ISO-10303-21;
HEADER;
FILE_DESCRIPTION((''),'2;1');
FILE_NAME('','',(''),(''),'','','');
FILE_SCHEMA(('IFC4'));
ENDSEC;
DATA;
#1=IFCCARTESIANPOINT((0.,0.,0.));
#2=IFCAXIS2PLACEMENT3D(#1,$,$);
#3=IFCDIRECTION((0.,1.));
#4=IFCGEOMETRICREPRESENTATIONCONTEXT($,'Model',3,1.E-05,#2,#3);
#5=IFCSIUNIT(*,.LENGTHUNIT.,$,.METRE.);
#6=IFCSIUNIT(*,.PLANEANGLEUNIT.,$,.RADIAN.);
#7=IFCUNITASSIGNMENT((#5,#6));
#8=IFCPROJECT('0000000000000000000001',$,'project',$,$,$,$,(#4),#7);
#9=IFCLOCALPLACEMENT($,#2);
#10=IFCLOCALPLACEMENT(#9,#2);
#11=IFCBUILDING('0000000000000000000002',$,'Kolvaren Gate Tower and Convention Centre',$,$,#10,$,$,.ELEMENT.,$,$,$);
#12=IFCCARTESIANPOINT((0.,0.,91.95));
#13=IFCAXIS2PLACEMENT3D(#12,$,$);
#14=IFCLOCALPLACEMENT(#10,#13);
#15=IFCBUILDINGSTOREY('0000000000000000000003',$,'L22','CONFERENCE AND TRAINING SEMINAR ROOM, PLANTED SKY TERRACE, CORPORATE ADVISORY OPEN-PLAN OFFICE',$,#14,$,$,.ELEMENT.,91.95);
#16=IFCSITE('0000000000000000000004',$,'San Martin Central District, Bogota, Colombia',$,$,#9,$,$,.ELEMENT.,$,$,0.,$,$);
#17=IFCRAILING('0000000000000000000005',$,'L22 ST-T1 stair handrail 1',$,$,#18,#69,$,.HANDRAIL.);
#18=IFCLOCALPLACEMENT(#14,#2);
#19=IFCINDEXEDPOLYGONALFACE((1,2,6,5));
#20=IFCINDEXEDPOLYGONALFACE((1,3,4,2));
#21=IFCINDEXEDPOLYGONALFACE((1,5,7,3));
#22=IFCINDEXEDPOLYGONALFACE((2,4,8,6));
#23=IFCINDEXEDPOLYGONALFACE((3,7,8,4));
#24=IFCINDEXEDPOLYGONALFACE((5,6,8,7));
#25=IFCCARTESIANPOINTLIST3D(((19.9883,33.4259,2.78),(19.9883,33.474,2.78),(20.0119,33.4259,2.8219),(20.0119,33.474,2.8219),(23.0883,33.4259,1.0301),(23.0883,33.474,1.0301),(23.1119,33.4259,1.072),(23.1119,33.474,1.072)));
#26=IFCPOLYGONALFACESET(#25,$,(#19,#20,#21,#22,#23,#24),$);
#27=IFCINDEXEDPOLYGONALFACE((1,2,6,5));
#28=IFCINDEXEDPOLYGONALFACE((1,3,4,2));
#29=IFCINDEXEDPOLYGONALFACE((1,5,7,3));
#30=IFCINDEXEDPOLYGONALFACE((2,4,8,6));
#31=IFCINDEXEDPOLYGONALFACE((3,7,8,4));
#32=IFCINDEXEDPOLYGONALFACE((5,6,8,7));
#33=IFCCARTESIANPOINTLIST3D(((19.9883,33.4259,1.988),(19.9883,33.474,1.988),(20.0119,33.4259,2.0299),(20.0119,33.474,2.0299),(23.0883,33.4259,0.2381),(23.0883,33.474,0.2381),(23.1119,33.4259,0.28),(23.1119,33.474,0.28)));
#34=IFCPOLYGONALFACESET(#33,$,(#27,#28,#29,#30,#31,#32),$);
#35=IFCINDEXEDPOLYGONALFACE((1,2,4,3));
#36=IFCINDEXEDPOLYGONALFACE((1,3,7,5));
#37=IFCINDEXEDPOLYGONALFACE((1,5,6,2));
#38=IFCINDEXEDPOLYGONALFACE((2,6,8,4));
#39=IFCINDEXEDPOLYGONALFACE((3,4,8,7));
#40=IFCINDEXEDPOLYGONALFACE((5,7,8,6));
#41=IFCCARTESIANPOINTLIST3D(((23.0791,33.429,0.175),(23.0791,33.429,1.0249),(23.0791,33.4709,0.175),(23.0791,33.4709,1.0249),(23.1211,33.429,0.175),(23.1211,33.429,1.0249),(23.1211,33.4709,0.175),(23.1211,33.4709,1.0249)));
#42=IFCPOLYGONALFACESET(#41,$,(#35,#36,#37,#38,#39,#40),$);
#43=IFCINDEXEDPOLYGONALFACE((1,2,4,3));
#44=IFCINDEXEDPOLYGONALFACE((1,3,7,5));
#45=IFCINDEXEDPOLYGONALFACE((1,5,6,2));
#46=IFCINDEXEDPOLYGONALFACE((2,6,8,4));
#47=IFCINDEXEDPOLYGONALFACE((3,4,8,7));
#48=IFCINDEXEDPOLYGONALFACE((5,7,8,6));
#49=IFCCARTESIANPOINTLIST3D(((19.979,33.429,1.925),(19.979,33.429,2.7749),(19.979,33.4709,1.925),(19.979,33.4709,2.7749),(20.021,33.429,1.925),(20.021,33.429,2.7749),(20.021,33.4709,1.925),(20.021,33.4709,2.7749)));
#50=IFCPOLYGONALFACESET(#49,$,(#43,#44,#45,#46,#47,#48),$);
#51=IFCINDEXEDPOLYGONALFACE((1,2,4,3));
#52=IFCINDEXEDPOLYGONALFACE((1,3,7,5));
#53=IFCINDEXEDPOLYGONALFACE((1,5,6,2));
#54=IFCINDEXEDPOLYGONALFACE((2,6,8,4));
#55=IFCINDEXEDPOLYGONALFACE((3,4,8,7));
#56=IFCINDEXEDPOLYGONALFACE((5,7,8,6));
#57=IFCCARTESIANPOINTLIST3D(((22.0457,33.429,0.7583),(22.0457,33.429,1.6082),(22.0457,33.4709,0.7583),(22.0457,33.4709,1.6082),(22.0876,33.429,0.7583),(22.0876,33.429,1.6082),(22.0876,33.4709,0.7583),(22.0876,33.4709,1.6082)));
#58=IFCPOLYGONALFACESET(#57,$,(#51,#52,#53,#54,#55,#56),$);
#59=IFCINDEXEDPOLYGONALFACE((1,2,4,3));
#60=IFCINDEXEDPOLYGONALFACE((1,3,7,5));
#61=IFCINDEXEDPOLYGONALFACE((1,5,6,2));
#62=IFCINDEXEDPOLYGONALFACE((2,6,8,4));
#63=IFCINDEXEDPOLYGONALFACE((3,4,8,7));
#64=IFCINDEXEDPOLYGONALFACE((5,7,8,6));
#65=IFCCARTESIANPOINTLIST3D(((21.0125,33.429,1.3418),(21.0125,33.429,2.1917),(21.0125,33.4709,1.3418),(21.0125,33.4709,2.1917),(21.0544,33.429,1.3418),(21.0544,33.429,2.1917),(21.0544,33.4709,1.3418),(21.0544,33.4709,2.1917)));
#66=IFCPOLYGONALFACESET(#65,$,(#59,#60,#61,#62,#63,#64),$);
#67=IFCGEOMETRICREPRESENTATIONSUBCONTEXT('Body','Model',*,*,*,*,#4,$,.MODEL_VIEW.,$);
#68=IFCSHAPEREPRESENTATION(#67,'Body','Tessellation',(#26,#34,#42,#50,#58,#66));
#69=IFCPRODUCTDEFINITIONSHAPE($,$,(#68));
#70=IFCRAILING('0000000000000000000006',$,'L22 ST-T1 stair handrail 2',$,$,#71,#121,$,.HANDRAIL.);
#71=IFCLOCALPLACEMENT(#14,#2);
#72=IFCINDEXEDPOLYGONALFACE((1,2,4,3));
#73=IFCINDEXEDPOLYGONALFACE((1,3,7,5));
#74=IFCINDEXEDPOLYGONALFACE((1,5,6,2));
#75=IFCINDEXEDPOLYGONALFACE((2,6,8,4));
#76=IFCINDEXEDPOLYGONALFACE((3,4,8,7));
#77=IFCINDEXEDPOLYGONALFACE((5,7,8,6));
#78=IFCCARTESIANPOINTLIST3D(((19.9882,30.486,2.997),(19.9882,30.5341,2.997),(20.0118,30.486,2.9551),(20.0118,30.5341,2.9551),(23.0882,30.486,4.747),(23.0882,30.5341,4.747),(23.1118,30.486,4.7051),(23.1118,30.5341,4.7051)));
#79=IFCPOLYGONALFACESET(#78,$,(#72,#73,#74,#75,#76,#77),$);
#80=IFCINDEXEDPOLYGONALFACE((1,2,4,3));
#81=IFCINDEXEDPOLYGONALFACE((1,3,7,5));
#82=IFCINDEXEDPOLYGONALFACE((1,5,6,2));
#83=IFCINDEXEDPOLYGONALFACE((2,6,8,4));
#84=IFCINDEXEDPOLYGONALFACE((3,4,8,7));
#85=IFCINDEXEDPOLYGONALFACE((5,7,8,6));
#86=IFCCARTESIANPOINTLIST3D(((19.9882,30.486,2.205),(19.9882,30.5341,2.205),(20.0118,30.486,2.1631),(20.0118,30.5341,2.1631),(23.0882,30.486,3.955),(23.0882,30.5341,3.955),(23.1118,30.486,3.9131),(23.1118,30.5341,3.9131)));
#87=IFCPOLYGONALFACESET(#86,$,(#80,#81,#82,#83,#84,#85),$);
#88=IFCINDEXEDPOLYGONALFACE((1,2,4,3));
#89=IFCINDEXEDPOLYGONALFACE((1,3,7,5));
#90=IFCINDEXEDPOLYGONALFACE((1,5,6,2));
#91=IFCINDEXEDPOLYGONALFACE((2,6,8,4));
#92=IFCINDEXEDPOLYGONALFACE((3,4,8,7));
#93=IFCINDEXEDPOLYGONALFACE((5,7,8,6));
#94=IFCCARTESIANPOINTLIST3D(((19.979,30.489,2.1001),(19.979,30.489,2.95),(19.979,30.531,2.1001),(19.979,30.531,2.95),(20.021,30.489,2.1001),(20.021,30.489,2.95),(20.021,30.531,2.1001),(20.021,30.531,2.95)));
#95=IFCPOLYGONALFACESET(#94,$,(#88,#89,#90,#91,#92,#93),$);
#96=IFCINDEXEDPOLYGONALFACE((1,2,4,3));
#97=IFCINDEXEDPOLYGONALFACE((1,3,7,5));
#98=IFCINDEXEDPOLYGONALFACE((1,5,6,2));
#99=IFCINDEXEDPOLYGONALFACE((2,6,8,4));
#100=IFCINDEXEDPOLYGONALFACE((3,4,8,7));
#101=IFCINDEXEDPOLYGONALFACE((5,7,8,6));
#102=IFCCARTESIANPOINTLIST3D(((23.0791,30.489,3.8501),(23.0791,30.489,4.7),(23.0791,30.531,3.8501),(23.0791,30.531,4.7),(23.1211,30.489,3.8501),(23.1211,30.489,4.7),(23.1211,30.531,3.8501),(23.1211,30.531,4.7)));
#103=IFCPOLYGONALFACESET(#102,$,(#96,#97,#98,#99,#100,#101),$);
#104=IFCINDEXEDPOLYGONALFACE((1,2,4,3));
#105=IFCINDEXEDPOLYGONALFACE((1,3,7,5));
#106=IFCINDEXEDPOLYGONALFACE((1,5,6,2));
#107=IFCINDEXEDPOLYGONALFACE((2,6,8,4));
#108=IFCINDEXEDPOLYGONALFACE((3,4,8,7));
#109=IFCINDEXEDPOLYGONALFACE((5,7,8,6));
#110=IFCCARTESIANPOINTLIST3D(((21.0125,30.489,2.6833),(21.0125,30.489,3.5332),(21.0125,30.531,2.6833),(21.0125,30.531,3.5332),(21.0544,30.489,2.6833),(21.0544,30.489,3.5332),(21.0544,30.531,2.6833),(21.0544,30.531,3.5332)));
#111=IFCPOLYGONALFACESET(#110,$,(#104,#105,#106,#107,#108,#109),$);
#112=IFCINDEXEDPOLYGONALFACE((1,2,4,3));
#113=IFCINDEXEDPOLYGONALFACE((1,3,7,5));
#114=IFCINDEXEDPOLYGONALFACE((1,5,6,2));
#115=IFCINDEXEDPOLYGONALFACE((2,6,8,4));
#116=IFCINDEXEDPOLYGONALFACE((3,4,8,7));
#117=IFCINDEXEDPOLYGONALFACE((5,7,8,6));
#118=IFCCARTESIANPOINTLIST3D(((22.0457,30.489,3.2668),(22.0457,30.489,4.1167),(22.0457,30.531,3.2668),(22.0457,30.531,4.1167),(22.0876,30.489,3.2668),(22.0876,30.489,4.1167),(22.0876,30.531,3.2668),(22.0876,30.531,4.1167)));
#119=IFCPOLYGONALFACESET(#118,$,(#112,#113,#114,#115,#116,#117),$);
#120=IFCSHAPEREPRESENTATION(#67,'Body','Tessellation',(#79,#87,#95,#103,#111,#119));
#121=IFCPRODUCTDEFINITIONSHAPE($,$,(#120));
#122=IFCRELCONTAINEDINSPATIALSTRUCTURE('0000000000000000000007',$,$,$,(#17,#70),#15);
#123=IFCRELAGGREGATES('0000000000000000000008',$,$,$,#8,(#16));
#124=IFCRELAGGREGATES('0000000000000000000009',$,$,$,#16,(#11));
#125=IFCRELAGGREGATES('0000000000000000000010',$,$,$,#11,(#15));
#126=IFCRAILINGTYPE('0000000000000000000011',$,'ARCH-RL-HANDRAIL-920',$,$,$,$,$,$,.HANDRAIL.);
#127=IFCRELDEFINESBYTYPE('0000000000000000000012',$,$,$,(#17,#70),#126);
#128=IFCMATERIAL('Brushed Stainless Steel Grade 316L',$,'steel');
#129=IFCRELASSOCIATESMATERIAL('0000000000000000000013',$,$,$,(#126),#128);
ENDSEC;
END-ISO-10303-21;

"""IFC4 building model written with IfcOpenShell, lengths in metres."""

from ifc_helpers import new_model, si_unit, direction, frame, origin, origin_2d, place, context, subcontext, project, spatial, rectangle, extrude, material, type_object, element, save


model = new_model("IFC4")

# Units and contexts
model_context = context("Model", 3, precision=1e-05, world=origin(), true_north=direction((0.0, 1.0)))
body_context = subcontext(model_context, "Body", "Model", "MODEL_VIEW")
ifc_project = project(units=[si_unit("LENGTHUNIT", "METRE"), si_unit("PLANEANGLEUNIT", "RADIAN")], contexts=[model_context])

# Site, building, storey
site_placement = place(None, origin())
site = spatial("IfcSite", under=ifc_project, at=site_placement, Name="San Martin Central District, Bogota, Colombia", CompositionType="ELEMENT", RefElevation=0.0)
building_placement = place(site_placement, origin())
building = spatial("IfcBuilding", under=site, at=building_placement, Name="Kolvaren Gate Tower and Convention Centre", CompositionType="ELEMENT")
storey_placement = place(building_placement, frame((0.0, 0.0, 91.95)))
storey = spatial("IfcBuildingStorey", under=building, at=storey_placement, Name="L22", Description="CONFERENCE AND TRAINING SEMINAR ROOM, PLANTED SKY TERRACE, CORPORATE ADVISORY OPEN-PLAN OFFICE", CompositionType="ELEMENT", Elevation=91.95)

# Shared definitions
ifc_material_1 = material(Name="Brushed Stainless Steel Grade 316L", Category="steel")

# Railings
railing_type_1 = type_object("IfcRailingType", Name="ARCH-RL-HANDRAIL-920", PredefinedType="HANDRAIL", material=ifc_material_1)
railing_1_placement = place(storey_placement, frame((23.1001, 33.45, 0.175)))
element("IfcRailing", 1, at=railing_1_placement, inside=storey, type_object=railing_type_1, Name="L22 ST-T1 stair handrail 1", PredefinedType="HANDRAIL", context=body_context, shape_type="SweptSolid", body=[
    extrude(rectangle(XDim=0.0481, YDim=0.0481, at=origin_2d()), frame((0.0, 0.0, 0.876), z_axis=(-0.870831, 0.0, 0.491583), x_axis=(0.0, -1.0, 0.0)), (0.0, 0.0, 1.0), 3.5598),
    extrude(rectangle(XDim=0.0481, YDim=0.0481, at=origin_2d()), frame((0.0, 0.0, 0.084), z_axis=(-0.870831, 0.0, 0.491583), x_axis=(0.0, -1.0, 0.0)), (0.0, 0.0, 1.0), 3.5598),
    extrude(rectangle(XDim=0.042, YDim=0.042, at=origin_2d()), origin(), (0.0, 0.0, 1.0), 0.8499),
    extrude(rectangle(XDim=0.042, YDim=0.042, at=origin_2d()), frame((-3.1001, 0.0, 1.75)), (0.0, 0.0, 1.0), 0.8499),
    extrude(rectangle(XDim=0.042, YDim=0.042, at=origin_2d()), frame((-1.0334, 0.0, 0.5833)), (0.0, 0.0, 1.0), 0.8499),
    extrude(rectangle(XDim=0.042, YDim=0.042, at=origin_2d()), frame((-2.0667, 0.0, 1.1667)), (0.0, 0.0, 1.0), 0.8499),
])
railing_2_placement = place(storey_placement, frame((20.0, 30.51, 2.1001)))
element("IfcRailing", 2, at=railing_2_placement, inside=storey, type_object=railing_type_1, Name="L22 ST-T1 stair handrail 2", PredefinedType="HANDRAIL", context=body_context, shape_type="SweptSolid", body=[
    extrude(rectangle(XDim=0.0481, YDim=0.0481, at=origin_2d()), frame((0.0, 0.0, 0.876), z_axis=(0.870831, 0.0, 0.491583), x_axis=(0.0, 1.0, 0.0)), (0.0, 0.0, 1.0), 3.5598),
    extrude(rectangle(XDim=0.0481, YDim=0.0481, at=origin_2d()), frame((0.0, 0.0, 0.084), z_axis=(0.870831, 0.0, 0.491583), x_axis=(0.0, 1.0, 0.0)), (0.0, 0.0, 1.0), 3.5598),
    extrude(rectangle(XDim=0.042, YDim=0.042, at=origin_2d()), origin(), (0.0, 0.0, 1.0), 0.8499),
    extrude(rectangle(XDim=0.042, YDim=0.042, at=origin_2d()), frame((3.1001, 0.0, 1.75)), (0.0, 0.0, 1.0), 0.8499),
    extrude(rectangle(XDim=0.042, YDim=0.042, at=origin_2d()), frame((1.0334, 0.0, 0.5833)), (0.0, 0.0, 1.0), 0.8499),
    extrude(rectangle(XDim=0.042, YDim=0.042, at=origin_2d()), frame((2.0667, 0.0, 1.1667)), (0.0, 0.0, 1.0), 0.8499),
])

save(model, "model.ifc")
